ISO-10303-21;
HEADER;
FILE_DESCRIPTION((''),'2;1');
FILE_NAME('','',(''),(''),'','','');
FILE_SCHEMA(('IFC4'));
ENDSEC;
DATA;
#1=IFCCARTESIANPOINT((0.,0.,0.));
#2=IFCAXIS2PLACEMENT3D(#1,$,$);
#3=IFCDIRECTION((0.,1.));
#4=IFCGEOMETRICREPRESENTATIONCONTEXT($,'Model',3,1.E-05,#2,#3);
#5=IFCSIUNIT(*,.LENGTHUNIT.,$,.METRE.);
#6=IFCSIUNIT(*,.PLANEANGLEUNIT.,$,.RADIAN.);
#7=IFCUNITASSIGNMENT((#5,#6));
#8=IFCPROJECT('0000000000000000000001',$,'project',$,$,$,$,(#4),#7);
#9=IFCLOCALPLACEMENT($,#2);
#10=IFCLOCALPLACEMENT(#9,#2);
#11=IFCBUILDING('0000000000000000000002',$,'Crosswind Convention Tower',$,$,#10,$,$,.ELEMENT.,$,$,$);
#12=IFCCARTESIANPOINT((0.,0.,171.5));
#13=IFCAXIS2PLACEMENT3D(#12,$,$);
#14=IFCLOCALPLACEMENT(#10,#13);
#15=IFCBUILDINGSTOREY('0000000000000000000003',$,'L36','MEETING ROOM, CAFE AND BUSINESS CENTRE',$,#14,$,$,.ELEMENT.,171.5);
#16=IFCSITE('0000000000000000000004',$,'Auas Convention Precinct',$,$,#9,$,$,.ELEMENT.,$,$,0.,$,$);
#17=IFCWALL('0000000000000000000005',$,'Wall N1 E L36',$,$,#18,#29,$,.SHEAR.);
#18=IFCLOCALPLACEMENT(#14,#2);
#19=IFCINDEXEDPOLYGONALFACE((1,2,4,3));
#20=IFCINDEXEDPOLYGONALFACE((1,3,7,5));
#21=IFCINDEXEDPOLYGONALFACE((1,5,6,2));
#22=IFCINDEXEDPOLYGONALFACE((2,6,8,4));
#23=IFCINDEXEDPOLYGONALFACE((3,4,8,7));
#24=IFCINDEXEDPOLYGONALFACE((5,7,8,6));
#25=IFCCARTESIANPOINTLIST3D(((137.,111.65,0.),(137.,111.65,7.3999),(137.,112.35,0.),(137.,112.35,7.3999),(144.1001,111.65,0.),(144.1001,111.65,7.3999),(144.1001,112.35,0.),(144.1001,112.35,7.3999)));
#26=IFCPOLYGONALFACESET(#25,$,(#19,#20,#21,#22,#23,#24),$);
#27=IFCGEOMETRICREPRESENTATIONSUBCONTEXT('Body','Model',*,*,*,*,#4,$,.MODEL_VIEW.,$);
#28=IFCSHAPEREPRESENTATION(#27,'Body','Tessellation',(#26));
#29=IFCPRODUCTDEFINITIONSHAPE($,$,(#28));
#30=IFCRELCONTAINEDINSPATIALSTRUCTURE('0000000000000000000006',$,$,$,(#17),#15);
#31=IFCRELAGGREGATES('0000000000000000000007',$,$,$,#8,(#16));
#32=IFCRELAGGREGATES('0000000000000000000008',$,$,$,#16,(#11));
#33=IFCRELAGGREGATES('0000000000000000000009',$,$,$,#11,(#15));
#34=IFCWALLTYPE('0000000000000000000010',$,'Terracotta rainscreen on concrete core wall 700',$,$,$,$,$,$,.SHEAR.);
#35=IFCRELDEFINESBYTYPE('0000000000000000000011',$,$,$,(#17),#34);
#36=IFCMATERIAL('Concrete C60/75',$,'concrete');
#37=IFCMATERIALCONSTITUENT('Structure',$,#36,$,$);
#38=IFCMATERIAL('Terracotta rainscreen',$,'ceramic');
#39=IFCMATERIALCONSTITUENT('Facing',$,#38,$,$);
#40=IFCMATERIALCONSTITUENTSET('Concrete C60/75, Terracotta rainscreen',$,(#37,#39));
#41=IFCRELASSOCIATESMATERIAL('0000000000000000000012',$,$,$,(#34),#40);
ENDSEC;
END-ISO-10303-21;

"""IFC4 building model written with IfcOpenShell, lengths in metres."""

from ifc_helpers import new_model, si_unit, direction, frame, frame_2d, origin, place, context, subcontext, project, spatial, rectangle, extrude, material, constituent, constituent_set, type_object, element, save


model = new_model("IFC4")

# Units and contexts
model_context = context("Model", 3, precision=1e-05, world=origin(), true_north=direction((0.0, 1.0)))
body_context = subcontext(model_context, "Body", "Model", "MODEL_VIEW")
ifc_project = project(units=[si_unit("LENGTHUNIT", "METRE"), si_unit("PLANEANGLEUNIT", "RADIAN")], contexts=[model_context])

# Site, building, storey
site_placement = place(None, origin())
site = spatial("IfcSite", under=ifc_project, at=site_placement, Name="Auas Convention Precinct", CompositionType="ELEMENT", RefElevation=0.0)
building_placement = place(site_placement, origin())
building = spatial("IfcBuilding", under=site, at=building_placement, Name="Crosswind Convention Tower", CompositionType="ELEMENT")
storey_placement = place(building_placement, frame((0.0, 0.0, 171.5)))
storey = spatial("IfcBuildingStorey", under=building, at=storey_placement, Name="L36", Description="MEETING ROOM, CAFE AND BUSINESS CENTRE", CompositionType="ELEMENT", Elevation=171.5)

# Shared definitions
ifc_material_1 = material(Name="Concrete C60/75", Category="concrete")

# Shared definitions
ifc_material_2 = material(Name="Terracotta rainscreen", Category="ceramic")

# Wall
ifc_constituent_1 = constituent(ifc_material_1, Name="Structure")
ifc_constituent_2 = constituent(ifc_material_2, Name="Facing")
ifc_constituent_set = constituent_set(constituents=[ifc_constituent_1, ifc_constituent_2], Name="Concrete C60/75, Terracotta rainscreen")
wall_type_1 = type_object("IfcWallType", Name="Terracotta rainscreen on concrete core wall 700", PredefinedType="SHEAR", material=ifc_constituent_set)
wall_1_placement = place(storey_placement, frame((137.0, 112.0, 0.0), z_axis=(0.0, 0.0, 1.0), x_axis=(1.0, 0.0, 0.0)))
element("IfcWall", 1, at=wall_1_placement, inside=storey, type_object=wall_type_1, Name="Wall N1 E L36", PredefinedType="SHEAR", context=body_context, shape_type="SweptSolid", body=[
    extrude(rectangle(XDim=7.1001, YDim=0.7, at=frame_2d((3.55, 0.0))), origin(), (0.0, 0.0, 1.0), 7.3999),
])

save(model, "model.ifc")
